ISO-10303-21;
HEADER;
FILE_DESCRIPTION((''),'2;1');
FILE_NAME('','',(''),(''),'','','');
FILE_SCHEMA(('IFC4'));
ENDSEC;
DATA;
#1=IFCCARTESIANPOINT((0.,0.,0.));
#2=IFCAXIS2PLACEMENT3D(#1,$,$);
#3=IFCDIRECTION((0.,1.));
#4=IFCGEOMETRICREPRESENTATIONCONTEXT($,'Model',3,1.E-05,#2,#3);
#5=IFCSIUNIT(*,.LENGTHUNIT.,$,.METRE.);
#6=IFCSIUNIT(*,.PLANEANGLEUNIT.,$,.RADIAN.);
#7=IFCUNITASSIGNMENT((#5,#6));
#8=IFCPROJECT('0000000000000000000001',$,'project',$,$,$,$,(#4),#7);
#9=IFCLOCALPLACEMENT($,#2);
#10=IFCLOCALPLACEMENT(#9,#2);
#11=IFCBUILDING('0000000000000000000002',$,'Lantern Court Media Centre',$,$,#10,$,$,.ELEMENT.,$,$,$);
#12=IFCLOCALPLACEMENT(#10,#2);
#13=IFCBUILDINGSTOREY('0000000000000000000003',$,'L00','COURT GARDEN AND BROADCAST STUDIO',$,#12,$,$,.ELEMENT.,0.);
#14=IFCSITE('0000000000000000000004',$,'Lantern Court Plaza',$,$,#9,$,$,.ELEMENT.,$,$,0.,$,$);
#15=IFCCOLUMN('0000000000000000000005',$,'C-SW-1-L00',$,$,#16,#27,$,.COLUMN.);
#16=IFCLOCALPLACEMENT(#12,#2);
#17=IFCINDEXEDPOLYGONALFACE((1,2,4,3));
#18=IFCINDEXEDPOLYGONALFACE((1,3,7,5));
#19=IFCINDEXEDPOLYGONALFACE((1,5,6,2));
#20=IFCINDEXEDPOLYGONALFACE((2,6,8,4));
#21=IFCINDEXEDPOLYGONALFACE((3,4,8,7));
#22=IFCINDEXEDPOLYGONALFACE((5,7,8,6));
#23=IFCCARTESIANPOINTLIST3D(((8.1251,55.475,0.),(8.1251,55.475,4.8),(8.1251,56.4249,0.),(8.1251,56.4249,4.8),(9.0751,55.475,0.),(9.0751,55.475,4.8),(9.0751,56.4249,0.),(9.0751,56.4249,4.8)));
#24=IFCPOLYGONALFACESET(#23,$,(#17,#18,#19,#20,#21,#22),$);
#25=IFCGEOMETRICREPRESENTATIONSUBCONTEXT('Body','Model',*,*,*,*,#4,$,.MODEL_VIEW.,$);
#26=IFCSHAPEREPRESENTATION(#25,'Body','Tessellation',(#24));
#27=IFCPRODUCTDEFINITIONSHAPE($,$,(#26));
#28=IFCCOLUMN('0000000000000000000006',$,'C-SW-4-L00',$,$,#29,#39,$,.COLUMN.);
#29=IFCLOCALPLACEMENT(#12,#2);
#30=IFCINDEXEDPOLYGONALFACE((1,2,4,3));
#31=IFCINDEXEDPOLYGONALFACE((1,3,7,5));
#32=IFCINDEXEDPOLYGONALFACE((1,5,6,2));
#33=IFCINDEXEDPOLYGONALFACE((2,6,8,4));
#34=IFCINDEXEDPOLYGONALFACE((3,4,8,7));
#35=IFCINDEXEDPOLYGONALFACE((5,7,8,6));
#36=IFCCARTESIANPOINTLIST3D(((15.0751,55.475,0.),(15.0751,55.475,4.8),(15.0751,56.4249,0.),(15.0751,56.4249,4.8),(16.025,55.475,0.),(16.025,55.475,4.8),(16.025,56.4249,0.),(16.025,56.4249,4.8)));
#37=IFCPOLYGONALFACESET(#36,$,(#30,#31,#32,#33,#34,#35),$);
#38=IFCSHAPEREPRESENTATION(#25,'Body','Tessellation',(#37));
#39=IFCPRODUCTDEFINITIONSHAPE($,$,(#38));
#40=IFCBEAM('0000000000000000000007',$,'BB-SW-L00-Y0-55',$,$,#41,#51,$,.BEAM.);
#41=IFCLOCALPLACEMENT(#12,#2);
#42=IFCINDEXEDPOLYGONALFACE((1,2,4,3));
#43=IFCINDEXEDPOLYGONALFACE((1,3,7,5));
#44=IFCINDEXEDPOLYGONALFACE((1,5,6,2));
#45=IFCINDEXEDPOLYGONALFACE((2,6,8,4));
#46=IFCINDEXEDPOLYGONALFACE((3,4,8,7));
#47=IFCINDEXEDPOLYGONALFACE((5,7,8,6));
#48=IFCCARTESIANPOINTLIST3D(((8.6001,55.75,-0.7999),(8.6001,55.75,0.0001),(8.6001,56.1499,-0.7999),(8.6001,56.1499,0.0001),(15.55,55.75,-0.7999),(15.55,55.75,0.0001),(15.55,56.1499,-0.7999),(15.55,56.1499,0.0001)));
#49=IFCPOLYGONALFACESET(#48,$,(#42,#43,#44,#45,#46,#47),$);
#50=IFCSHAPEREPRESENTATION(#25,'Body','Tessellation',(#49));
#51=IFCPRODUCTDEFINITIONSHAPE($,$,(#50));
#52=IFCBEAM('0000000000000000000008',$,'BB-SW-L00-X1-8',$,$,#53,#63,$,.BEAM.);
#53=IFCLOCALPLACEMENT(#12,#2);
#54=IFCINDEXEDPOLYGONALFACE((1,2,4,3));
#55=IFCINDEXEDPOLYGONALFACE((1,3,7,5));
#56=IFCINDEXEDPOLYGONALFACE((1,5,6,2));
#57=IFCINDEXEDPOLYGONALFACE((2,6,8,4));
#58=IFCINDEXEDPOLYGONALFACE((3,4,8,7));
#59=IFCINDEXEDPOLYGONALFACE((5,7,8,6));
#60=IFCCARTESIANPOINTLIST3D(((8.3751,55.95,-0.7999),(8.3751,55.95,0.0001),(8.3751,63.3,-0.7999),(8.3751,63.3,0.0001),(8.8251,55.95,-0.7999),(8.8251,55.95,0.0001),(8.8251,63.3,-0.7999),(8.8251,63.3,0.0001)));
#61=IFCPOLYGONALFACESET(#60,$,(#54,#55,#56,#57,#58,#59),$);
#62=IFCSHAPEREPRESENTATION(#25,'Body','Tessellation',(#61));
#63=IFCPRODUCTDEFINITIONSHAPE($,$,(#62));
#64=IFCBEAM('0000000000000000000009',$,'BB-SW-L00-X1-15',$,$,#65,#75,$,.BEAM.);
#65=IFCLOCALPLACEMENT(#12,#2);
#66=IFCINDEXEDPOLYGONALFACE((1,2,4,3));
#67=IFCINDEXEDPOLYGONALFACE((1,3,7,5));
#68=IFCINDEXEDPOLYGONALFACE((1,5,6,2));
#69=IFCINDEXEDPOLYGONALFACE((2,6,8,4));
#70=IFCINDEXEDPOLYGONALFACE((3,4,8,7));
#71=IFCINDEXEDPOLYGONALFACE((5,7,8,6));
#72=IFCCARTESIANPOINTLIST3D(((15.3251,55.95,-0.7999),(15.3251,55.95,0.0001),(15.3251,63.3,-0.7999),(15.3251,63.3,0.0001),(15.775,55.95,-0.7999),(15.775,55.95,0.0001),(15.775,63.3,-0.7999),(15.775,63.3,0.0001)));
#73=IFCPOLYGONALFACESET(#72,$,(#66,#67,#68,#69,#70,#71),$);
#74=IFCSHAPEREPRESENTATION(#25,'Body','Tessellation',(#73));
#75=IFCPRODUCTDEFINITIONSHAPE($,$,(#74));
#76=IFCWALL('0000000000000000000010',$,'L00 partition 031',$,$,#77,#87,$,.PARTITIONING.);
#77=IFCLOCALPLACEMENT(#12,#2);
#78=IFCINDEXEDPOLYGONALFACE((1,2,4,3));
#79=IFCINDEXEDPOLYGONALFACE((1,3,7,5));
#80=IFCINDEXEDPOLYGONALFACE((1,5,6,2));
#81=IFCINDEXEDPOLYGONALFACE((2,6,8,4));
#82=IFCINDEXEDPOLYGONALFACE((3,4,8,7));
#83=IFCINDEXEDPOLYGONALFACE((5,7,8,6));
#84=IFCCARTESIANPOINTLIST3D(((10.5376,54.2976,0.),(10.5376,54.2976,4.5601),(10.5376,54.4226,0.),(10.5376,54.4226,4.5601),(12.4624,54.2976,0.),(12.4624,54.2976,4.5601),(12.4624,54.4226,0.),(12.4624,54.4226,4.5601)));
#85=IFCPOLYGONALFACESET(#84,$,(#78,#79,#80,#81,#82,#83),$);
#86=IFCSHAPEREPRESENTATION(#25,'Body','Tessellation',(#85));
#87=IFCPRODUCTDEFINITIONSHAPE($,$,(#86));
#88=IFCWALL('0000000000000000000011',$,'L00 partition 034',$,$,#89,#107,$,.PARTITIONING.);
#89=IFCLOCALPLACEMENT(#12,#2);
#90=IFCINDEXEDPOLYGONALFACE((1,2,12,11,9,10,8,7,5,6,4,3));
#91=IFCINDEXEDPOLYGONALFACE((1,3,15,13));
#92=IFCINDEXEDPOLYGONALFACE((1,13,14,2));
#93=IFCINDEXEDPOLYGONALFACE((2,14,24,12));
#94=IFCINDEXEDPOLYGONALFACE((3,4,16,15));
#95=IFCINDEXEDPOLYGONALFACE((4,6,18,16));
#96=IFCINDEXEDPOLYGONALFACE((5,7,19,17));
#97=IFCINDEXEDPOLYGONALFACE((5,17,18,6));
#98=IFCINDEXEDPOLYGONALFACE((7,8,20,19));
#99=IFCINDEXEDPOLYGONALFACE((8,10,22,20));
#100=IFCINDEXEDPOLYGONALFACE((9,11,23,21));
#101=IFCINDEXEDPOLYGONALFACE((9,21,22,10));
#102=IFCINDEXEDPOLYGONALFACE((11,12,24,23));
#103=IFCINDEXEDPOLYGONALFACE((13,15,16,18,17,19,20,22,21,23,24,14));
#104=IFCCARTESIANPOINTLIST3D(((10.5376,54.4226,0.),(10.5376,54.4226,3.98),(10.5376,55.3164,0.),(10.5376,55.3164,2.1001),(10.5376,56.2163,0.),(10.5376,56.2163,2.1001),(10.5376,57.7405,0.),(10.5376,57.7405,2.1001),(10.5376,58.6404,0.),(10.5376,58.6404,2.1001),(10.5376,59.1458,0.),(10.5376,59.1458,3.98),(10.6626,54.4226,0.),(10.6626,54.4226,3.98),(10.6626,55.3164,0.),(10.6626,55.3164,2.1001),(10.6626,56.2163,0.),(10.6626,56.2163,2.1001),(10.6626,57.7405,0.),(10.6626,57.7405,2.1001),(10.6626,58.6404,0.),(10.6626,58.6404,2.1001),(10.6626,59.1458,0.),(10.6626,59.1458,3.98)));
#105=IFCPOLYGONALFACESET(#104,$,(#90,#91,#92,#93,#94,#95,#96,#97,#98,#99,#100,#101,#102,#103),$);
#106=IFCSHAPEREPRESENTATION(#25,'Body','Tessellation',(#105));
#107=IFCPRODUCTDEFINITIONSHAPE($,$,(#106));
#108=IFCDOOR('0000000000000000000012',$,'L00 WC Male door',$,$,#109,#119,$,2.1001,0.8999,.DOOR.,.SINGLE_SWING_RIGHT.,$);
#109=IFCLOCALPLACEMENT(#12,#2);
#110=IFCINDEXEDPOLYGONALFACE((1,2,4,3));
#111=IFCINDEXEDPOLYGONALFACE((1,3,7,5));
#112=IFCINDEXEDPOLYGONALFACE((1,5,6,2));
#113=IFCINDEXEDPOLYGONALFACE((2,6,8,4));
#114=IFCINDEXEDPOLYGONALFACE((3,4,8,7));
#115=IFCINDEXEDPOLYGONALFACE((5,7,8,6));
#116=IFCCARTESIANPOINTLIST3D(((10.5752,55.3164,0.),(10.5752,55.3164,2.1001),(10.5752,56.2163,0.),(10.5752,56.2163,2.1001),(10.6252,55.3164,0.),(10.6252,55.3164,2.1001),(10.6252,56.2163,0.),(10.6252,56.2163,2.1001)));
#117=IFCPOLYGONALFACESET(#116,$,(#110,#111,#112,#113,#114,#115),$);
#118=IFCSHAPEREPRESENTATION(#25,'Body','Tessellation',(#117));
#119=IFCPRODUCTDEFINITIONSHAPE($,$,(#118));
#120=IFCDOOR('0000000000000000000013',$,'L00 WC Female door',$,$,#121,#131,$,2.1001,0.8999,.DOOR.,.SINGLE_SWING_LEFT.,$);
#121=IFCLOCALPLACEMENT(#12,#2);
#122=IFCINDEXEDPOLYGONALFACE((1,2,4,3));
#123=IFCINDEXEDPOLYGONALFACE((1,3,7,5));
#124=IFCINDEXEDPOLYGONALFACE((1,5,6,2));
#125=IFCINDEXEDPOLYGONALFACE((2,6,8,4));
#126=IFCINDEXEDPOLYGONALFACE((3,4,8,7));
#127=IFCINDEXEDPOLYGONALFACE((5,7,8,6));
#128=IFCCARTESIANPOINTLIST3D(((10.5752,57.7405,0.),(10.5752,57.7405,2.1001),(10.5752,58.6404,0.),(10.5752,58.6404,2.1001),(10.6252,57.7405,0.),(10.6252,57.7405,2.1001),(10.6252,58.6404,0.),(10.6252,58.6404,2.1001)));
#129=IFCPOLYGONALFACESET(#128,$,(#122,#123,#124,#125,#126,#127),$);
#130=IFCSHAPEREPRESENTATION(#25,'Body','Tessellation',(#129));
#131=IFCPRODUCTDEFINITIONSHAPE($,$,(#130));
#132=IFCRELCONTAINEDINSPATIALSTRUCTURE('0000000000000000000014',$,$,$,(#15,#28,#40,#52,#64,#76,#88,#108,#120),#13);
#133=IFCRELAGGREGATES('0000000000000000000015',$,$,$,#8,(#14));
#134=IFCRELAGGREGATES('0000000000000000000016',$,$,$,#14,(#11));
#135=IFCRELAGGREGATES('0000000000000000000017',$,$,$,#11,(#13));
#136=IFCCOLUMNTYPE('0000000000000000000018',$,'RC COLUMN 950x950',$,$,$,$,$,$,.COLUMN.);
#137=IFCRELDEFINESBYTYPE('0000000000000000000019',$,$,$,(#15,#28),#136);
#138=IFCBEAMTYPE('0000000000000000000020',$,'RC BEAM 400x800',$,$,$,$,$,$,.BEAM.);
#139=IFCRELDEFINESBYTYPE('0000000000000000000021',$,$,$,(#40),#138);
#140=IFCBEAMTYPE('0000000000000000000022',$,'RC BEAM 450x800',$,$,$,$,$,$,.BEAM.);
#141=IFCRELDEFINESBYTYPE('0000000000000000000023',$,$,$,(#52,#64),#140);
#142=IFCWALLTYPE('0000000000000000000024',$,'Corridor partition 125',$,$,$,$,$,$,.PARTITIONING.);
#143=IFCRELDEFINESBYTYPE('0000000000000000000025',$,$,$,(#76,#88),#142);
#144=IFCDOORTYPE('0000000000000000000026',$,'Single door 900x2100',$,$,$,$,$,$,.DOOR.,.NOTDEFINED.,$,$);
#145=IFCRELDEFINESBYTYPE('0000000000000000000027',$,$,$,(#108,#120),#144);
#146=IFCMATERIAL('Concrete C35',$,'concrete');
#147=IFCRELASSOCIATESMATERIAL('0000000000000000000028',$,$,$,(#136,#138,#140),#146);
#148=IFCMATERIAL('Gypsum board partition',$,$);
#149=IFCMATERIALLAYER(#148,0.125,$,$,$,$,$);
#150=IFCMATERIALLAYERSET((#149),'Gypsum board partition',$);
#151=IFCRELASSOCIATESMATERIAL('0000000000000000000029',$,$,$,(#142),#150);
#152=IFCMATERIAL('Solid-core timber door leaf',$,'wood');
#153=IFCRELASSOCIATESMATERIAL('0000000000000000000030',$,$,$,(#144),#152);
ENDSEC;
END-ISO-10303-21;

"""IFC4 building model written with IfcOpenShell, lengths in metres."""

from ifc_helpers import new_model, si_unit, direction, frame, frame_2d, origin, origin_2d, place, context, subcontext, project, spatial, rectangle, extrude, material, layer, layer_set, material_profile, profile_set, type_object, element, fill, save


model = new_model("IFC4")

# Units and contexts
model_context = context("Model", 3, precision=1e-05, world=origin(), true_north=direction((0.0, 1.0)))
body_context = subcontext(model_context, "Body", "Model", "MODEL_VIEW")
ifc_project = project(units=[si_unit("LENGTHUNIT", "METRE"), si_unit("PLANEANGLEUNIT", "RADIAN")], contexts=[model_context])

# Site, building, storey
site_placement = place(None, origin())
site = spatial("IfcSite", under=ifc_project, at=site_placement, Name="Lantern Court Plaza", CompositionType="ELEMENT", RefElevation=0.0)
building_placement = place(site_placement, origin())
building = spatial("IfcBuilding", under=site, at=building_placement, Name="Lantern Court Media Centre", CompositionType="ELEMENT")
storey_placement = place(building_placement, origin())
storey = spatial("IfcBuildingStorey", under=building, at=storey_placement, Name="L00", Description="COURT GARDEN AND BROADCAST STUDIO", CompositionType="ELEMENT", Elevation=0.0)

# Columns
ifc_material_1 = material(Name="Concrete C35", Category="concrete")
ifc_material_profile_1 = material_profile(ifc_material_1, rectangle(XDim=0.95, YDim=0.95, at=origin_2d()), Name="RC 950x950")
ifc_profile_set_1 = profile_set([ifc_material_profile_1], Name="Concrete C35")
column_type = type_object("IfcColumnType", Name="RC COLUMN 950x950", PredefinedType="COLUMN", material=ifc_profile_set_1)
for number, where, z_axis, x_axis, name in (
    (1, (8.6001, 55.95, 0.0), (0.0, 0.0, 1.0), (1.0, 0.0, 0.0), "C-SW-1-L00"),
    (2, (15.55, 55.95, 0.0), (0.0, 0.0, 1.0), (1.0, 0.0, 0.0), "C-SW-4-L00"),
):
    element("IfcColumn", number, at=place(storey_placement, frame(where, z_axis=z_axis, x_axis=x_axis)), inside=storey, type_object=column_type, Name=name, PredefinedType="COLUMN", context=body_context, shape_type="SweptSolid", body=[
        extrude(rectangle(XDim=0.95, YDim=0.95, at=origin_2d()), origin(), (0.0, 0.0, 1.0), 4.8),
    ])

# Beams
ifc_material_profile_2 = material_profile(ifc_material_1, rectangle(XDim=0.3999, YDim=0.8, at=origin_2d()), Name="RC 400x800")
ifc_profile_set_2 = profile_set([ifc_material_profile_2], Name="Concrete C35")
beam_type_1 = type_object("IfcBeamType", Name="RC BEAM 400x800", PredefinedType="BEAM", material=ifc_profile_set_2)
beam_placement = place(storey_placement, frame((8.6001, 55.95, -0.3999), z_axis=(1.0, 0.0, 0.0), x_axis=(0.0, 1.0, 0.0)))
element("IfcBeam", 3, at=beam_placement, inside=storey, type_object=beam_type_1, Name="BB-SW-L00-Y0-55", PredefinedType="BEAM", context=body_context, shape_type="SweptSolid", body=[
    extrude(rectangle(XDim=0.3999, YDim=0.8, at=origin_2d()), origin(), (0.0, 0.0, 1.0), 6.95),
])
ifc_material_profile_3 = material_profile(ifc_material_1, rectangle(XDim=0.45, YDim=0.8, at=origin_2d()), Name="RC 450x800")
ifc_profile_set_3 = profile_set([ifc_material_profile_3], Name="Concrete C35")
beam_type_2 = type_object("IfcBeamType", Name="RC BEAM 450x800", PredefinedType="BEAM", material=ifc_profile_set_3)
for number, where, z_axis, x_axis, name in (
    (4, (8.6001, 55.95, -0.3999), (0.0, 1.0, 0.0), (-1.0, 0.0, 0.0), "BB-SW-L00-X1-8"),
    (5, (15.55, 55.95, -0.3999), (0.0, 1.0, 0.0), (-1.0, 0.0, 0.0), "BB-SW-L00-X1-15"),
):
    element("IfcBeam", number, at=place(storey_placement, frame(where, z_axis=z_axis, x_axis=x_axis)), inside=storey, type_object=beam_type_2, Name=name, PredefinedType="BEAM", context=body_context, shape_type="SweptSolid", body=[
        extrude(rectangle(XDim=0.45, YDim=0.8, at=origin_2d()), origin(), (0.0, 0.0, 1.0), 7.3501),
    ])

# Wall
ifc_material_2 = material(Name="Gypsum board partition")
ifc_layer_1 = layer(ifc_material_2, 0.125)
ifc_layer_set_1 = layer_set([ifc_layer_1], Name="Gypsum board partition")
wall_type_1 = type_object("IfcWallType", Name="Corridor partition 125", PredefinedType="PARTITIONING", material=ifc_layer_set_1)
wall_1_placement = place(storey_placement, frame((10.5376, 54.3601, 0.0), z_axis=(0.0, 0.0, 1.0), x_axis=(1.0, 0.0, 0.0)))
element("IfcWall", 6, at=wall_1_placement, inside=storey, type_object=wall_type_1, Name="L00 partition 031", PredefinedType="PARTITIONING", context=body_context, shape_type="SweptSolid", body=[
    extrude(rectangle(XDim=1.9248, YDim=0.125, at=frame_2d((0.9624, 0.0))), origin(), (0.0, 0.0, 1.0), 4.5601),
])

# Wall, openings, doors
wall_2_placement = place(storey_placement, frame((10.6001, 54.4226, 0.0), z_axis=(0.0, 0.0, 1.0), x_axis=(0.0, 1.0, 0.0)))
wall_2 = element("IfcWall", 7, at=wall_2_placement, inside=storey, type_object=wall_type_1, Name="L00 partition 034", PredefinedType="PARTITIONING", context=body_context, shape_type="SweptSolid", body=[
    extrude(rectangle(XDim=4.7231, YDim=0.125, at=frame_2d((2.3616, 0.0))), origin(), (0.0, 0.0, 1.0), 3.98),
])
opening_1_placement = place(wall_2_placement, frame((0.8938, 0.0, 0.0)))
opening_1 = element("IfcOpeningElement", 8, at=opening_1_placement, cuts=wall_2, PredefinedType="OPENING", context=body_context, shape_type="SweptSolid", body=[
    extrude(rectangle(XDim=0.8999, YDim=2.1001, at=frame_2d((0.45, 1.05))), frame((0.0, 0.0725, 0.0), z_axis=(0.0, -1.0, 0.0), x_axis=(1.0, 0.0, 0.0)), (0.0, 0.0, 1.0), 0.145),
])
opening_2_placement = place(wall_2_placement, frame((3.3179, 0.0, 0.0)))
opening_2 = element("IfcOpeningElement", 9, at=opening_2_placement, cuts=wall_2, PredefinedType="OPENING", context=body_context, shape_type="SweptSolid", body=[
    extrude(rectangle(XDim=0.8999, YDim=2.1001, at=frame_2d((0.45, 1.05))), frame((0.0, 0.0725, 0.0), z_axis=(0.0, -1.0, 0.0), x_axis=(1.0, 0.0, 0.0)), (0.0, 0.0, 1.0), 0.145),
])
ifc_material_3 = material(Name="Solid-core timber door leaf", Category="wood")
door_type_1 = type_object("IfcDoorType", Name="Single door 900x2100", OperationType="NOTDEFINED", PredefinedType="DOOR", material=ifc_material_3)
door_1_placement = place(opening_1_placement, origin())
door_1 = element("IfcDoor", 10, at=door_1_placement, inside=storey, type_object=door_type_1, Name="L00 WC Male door", OperationType="SINGLE_SWING_RIGHT", OverallHeight=2.1001, OverallWidth=0.8999, PredefinedType="DOOR", context=body_context, shape_type="SweptSolid", body=[
    extrude(rectangle(XDim=0.8999, YDim=2.1001, at=frame_2d((0.45, 1.05))), frame((0.0, 0.0249, 0.0), z_axis=(0.0, -1.0, 0.0), x_axis=(1.0, 0.0, 0.0)), (0.0, 0.0, 1.0), 0.05),
])
fill(opening_1, door_1)
door_2_placement = place(opening_2_placement, origin())
door_2 = element("IfcDoor", 11, at=door_2_placement, inside=storey, type_object=door_type_1, Name="L00 WC Female door", OperationType="SINGLE_SWING_LEFT", OverallHeight=2.1001, OverallWidth=0.8999, PredefinedType="DOOR", context=body_context, shape_type="SweptSolid", body=[
    extrude(rectangle(XDim=0.8999, YDim=2.1001, at=frame_2d((0.45, 1.05))), frame((0.0, 0.0249, 0.0), z_axis=(0.0, -1.0, 0.0), x_axis=(1.0, 0.0, 0.0)), (0.0, 0.0, 1.0), 0.05),
])
fill(opening_2, door_2)

save(model, "model.ifc")
